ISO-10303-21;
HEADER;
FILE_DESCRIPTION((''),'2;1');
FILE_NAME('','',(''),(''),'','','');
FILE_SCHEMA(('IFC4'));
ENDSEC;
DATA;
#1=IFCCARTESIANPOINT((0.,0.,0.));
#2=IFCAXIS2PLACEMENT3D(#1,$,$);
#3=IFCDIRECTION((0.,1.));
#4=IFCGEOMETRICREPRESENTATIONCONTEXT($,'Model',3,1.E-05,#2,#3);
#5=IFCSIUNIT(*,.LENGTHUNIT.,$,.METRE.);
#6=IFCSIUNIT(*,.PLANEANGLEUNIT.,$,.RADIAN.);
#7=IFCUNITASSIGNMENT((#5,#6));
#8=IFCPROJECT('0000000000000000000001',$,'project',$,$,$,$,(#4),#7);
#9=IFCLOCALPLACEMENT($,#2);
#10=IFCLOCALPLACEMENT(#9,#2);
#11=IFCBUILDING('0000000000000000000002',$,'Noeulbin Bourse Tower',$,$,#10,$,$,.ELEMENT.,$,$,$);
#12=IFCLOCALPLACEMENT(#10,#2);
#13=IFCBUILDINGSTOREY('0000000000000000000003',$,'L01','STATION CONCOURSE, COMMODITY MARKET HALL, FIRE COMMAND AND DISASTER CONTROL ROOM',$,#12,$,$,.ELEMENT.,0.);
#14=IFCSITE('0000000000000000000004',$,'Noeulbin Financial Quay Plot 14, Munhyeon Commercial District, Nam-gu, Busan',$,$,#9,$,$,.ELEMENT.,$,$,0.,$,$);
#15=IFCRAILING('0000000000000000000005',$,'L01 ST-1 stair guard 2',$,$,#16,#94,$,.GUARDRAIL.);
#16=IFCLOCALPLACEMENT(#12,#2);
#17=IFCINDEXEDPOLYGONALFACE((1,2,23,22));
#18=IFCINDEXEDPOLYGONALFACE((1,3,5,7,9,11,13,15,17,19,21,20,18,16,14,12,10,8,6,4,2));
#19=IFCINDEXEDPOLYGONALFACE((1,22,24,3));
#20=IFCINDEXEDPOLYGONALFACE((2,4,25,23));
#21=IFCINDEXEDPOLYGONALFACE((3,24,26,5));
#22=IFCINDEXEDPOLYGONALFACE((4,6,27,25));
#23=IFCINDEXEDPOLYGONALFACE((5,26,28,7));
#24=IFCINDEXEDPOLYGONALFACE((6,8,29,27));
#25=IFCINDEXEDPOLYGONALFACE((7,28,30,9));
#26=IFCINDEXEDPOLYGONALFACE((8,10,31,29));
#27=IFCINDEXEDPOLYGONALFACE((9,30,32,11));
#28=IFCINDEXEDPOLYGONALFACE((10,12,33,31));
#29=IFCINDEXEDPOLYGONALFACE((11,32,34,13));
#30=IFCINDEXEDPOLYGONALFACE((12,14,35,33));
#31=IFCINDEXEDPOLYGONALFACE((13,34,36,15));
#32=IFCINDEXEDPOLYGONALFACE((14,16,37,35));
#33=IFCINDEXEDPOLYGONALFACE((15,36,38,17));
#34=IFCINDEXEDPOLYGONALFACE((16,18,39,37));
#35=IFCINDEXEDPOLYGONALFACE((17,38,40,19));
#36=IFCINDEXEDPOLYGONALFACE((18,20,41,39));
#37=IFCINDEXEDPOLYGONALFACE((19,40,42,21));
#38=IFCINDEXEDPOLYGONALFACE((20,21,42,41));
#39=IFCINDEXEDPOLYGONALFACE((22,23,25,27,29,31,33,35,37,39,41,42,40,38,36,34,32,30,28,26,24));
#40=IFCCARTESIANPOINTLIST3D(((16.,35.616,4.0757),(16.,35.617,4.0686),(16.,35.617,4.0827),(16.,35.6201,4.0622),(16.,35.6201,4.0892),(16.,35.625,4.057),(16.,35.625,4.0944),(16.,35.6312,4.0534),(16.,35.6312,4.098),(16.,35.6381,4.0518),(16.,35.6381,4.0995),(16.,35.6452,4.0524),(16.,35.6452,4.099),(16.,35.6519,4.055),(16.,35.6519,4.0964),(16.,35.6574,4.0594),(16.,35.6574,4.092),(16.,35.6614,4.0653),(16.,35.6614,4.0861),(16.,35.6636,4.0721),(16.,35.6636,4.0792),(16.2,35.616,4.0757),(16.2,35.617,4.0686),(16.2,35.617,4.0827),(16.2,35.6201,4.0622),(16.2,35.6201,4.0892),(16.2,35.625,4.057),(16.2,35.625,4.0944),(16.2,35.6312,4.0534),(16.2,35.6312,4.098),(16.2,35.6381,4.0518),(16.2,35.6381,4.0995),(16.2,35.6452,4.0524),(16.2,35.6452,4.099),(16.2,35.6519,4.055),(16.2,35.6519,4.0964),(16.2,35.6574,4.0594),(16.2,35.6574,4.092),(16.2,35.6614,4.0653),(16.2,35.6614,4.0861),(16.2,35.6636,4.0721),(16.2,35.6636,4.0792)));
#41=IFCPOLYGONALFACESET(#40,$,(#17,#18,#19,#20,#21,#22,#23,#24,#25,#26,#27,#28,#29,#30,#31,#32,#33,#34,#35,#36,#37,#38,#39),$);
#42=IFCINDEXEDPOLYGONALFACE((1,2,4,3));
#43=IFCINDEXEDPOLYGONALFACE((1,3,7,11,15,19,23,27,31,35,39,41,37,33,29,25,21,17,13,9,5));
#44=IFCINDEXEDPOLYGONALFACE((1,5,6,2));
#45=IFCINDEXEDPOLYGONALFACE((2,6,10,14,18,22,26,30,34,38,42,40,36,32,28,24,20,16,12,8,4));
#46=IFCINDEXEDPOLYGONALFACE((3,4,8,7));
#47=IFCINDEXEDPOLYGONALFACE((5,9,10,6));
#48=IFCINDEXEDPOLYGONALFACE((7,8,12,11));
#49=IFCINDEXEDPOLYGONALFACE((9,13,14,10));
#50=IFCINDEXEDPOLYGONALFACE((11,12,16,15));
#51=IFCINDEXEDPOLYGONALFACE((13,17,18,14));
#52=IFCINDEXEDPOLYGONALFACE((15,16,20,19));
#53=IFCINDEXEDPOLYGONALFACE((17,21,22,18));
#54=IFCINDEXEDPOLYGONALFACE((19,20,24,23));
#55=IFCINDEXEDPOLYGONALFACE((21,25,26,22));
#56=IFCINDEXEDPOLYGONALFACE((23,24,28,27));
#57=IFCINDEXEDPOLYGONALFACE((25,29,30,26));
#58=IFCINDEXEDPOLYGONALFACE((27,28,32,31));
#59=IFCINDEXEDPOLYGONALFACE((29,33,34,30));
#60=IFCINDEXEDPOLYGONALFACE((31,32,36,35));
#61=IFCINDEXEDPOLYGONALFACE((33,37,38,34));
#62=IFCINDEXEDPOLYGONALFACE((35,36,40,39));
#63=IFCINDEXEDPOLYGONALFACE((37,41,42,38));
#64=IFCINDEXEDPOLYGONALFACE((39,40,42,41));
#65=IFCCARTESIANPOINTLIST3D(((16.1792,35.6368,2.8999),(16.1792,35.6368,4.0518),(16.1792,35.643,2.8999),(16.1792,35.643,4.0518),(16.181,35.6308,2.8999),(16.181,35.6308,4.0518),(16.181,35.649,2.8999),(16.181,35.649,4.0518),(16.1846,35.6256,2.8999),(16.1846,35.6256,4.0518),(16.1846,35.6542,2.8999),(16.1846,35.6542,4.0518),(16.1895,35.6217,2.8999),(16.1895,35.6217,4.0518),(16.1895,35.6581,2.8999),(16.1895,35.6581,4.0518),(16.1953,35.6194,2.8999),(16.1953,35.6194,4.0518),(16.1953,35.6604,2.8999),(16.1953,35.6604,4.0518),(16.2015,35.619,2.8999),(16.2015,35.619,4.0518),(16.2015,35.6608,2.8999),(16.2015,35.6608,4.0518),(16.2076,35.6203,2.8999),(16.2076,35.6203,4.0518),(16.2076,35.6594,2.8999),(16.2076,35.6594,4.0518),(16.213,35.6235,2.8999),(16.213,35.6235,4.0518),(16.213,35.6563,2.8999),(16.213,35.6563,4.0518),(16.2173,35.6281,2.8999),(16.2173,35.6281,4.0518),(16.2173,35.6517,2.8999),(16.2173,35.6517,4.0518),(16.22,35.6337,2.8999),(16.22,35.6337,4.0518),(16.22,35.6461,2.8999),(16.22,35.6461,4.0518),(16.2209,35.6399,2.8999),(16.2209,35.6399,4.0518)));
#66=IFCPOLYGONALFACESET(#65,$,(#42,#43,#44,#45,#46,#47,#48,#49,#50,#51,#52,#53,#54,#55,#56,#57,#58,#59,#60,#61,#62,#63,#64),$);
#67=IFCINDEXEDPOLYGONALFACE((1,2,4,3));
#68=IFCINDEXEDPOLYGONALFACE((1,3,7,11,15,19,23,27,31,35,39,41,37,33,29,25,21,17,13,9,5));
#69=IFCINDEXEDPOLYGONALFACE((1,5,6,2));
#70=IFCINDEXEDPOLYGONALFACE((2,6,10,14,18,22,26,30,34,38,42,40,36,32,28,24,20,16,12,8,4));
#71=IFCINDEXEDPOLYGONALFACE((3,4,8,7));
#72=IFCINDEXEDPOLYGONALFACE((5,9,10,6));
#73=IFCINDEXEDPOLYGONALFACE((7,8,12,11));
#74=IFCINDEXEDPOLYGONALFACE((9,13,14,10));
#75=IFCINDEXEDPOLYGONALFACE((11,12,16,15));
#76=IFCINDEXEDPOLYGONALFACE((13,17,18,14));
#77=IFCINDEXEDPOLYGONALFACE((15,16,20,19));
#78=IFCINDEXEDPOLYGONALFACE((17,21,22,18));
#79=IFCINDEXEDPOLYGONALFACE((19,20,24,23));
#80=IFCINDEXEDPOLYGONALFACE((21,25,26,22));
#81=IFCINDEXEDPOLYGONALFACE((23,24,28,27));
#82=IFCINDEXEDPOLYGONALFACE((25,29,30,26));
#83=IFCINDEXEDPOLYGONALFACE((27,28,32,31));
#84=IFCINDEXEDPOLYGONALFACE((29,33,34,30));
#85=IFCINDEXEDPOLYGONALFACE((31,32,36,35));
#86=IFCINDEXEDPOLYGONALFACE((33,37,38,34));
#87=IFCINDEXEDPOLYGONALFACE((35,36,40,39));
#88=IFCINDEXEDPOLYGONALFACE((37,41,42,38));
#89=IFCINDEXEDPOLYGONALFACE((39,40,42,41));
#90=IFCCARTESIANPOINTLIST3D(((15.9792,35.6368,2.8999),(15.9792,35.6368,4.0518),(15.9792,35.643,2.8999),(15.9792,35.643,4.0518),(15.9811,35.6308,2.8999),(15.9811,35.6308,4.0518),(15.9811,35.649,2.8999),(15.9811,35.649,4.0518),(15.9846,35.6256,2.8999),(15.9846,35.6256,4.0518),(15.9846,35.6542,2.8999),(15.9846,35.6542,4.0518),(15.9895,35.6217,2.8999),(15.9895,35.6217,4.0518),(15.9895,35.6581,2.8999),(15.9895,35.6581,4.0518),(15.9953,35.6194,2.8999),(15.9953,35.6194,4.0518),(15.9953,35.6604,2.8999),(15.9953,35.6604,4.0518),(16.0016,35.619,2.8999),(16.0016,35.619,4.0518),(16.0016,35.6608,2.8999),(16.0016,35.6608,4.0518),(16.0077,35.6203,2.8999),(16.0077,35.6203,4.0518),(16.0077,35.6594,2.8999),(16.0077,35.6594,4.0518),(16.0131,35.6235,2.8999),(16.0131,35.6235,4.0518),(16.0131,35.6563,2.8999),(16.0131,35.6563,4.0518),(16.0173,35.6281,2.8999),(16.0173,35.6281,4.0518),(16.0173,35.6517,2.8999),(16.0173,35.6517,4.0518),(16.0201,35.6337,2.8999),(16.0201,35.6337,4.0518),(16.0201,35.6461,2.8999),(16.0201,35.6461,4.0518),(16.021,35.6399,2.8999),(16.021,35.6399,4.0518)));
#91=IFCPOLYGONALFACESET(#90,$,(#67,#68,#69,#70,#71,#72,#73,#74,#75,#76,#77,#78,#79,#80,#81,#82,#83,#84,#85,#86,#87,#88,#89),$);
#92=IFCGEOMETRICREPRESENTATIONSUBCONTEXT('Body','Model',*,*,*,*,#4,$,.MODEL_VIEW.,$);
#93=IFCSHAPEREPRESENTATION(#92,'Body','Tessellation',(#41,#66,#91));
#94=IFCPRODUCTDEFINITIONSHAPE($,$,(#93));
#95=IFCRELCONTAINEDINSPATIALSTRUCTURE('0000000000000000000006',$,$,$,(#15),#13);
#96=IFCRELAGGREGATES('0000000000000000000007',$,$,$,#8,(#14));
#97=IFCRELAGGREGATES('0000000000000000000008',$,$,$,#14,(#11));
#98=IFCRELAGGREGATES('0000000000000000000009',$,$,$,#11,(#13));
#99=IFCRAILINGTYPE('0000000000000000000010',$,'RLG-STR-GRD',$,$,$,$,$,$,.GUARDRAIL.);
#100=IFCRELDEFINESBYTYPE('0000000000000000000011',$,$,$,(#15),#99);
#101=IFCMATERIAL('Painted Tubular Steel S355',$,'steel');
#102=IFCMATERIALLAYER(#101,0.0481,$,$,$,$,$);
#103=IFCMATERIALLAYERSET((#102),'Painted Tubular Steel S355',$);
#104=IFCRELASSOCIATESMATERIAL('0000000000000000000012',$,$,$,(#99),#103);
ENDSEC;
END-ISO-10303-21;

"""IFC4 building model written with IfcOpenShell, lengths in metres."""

from ifc_helpers import new_model, si_unit, direction, frame, origin, origin_2d, place, context, subcontext, project, spatial, circle, extrude, material, layer, layer_set, type_object, element, save


model = new_model("IFC4")

# Units and contexts
model_context = context("Model", 3, precision=1e-05, world=origin(), true_north=direction((0.0, 1.0)))
body_context = subcontext(model_context, "Body", "Model", "MODEL_VIEW")
ifc_project = project(units=[si_unit("LENGTHUNIT", "METRE"), si_unit("PLANEANGLEUNIT", "RADIAN")], contexts=[model_context])

# Site, building, storey
site_placement = place(None, origin())
site = spatial("IfcSite", under=ifc_project, at=site_placement, Name="Noeulbin Financial Quay Plot 14, Munhyeon Commercial District, Nam-gu, Busan", CompositionType="ELEMENT", RefElevation=0.0)
building_placement = place(site_placement, origin())
building = spatial("IfcBuilding", under=site, at=building_placement, Name="Noeulbin Bourse Tower", CompositionType="ELEMENT")
storey_placement = place(building_placement, origin())
storey = spatial("IfcBuildingStorey", under=building, at=storey_placement, Name="L01", Description="STATION CONCOURSE, COMMODITY MARKET HALL, FIRE COMMAND AND DISASTER CONTROL ROOM", CompositionType="ELEMENT", Elevation=0.0)

# Railing
ifc_material_1 = material(Name="Painted Tubular Steel S355", Category="steel")
ifc_layer_1 = layer(ifc_material_1, 0.0481)
ifc_layer_set_1 = layer_set([ifc_layer_1], Name="Painted Tubular Steel S355")
railing_type_1 = type_object("IfcRailingType", Name="RLG-STR-GRD", PredefinedType="GUARDRAIL", material=ifc_layer_set_1)
railing_1_placement = place(storey_placement, frame((16.2, 35.6399, 2.8999)))
element("IfcRailing", 1, at=railing_1_placement, inside=storey, type_object=railing_type_1, Name="L01 ST-1 stair guard 2", PredefinedType="GUARDRAIL", context=body_context, shape_type="SweptSolid", body=[
    extrude(circle(Radius=0.0239, at=origin_2d()), frame((0.0, 0.0, 1.1758), z_axis=(-1.0, 0.0, 0.0), x_axis=(0.0, -1.0, 0.0)), (0.0, 0.0, 1.0), 0.2),
    extrude(circle(Radius=0.021, at=origin_2d()), origin(), (0.0, 0.0, 1.0), 1.1519),
    extrude(circle(Radius=0.021, at=origin_2d()), frame((-0.2, 0.0, 0.0)), (0.0, 0.0, 1.0), 1.1519),
])

save(model, "model.ifc")
